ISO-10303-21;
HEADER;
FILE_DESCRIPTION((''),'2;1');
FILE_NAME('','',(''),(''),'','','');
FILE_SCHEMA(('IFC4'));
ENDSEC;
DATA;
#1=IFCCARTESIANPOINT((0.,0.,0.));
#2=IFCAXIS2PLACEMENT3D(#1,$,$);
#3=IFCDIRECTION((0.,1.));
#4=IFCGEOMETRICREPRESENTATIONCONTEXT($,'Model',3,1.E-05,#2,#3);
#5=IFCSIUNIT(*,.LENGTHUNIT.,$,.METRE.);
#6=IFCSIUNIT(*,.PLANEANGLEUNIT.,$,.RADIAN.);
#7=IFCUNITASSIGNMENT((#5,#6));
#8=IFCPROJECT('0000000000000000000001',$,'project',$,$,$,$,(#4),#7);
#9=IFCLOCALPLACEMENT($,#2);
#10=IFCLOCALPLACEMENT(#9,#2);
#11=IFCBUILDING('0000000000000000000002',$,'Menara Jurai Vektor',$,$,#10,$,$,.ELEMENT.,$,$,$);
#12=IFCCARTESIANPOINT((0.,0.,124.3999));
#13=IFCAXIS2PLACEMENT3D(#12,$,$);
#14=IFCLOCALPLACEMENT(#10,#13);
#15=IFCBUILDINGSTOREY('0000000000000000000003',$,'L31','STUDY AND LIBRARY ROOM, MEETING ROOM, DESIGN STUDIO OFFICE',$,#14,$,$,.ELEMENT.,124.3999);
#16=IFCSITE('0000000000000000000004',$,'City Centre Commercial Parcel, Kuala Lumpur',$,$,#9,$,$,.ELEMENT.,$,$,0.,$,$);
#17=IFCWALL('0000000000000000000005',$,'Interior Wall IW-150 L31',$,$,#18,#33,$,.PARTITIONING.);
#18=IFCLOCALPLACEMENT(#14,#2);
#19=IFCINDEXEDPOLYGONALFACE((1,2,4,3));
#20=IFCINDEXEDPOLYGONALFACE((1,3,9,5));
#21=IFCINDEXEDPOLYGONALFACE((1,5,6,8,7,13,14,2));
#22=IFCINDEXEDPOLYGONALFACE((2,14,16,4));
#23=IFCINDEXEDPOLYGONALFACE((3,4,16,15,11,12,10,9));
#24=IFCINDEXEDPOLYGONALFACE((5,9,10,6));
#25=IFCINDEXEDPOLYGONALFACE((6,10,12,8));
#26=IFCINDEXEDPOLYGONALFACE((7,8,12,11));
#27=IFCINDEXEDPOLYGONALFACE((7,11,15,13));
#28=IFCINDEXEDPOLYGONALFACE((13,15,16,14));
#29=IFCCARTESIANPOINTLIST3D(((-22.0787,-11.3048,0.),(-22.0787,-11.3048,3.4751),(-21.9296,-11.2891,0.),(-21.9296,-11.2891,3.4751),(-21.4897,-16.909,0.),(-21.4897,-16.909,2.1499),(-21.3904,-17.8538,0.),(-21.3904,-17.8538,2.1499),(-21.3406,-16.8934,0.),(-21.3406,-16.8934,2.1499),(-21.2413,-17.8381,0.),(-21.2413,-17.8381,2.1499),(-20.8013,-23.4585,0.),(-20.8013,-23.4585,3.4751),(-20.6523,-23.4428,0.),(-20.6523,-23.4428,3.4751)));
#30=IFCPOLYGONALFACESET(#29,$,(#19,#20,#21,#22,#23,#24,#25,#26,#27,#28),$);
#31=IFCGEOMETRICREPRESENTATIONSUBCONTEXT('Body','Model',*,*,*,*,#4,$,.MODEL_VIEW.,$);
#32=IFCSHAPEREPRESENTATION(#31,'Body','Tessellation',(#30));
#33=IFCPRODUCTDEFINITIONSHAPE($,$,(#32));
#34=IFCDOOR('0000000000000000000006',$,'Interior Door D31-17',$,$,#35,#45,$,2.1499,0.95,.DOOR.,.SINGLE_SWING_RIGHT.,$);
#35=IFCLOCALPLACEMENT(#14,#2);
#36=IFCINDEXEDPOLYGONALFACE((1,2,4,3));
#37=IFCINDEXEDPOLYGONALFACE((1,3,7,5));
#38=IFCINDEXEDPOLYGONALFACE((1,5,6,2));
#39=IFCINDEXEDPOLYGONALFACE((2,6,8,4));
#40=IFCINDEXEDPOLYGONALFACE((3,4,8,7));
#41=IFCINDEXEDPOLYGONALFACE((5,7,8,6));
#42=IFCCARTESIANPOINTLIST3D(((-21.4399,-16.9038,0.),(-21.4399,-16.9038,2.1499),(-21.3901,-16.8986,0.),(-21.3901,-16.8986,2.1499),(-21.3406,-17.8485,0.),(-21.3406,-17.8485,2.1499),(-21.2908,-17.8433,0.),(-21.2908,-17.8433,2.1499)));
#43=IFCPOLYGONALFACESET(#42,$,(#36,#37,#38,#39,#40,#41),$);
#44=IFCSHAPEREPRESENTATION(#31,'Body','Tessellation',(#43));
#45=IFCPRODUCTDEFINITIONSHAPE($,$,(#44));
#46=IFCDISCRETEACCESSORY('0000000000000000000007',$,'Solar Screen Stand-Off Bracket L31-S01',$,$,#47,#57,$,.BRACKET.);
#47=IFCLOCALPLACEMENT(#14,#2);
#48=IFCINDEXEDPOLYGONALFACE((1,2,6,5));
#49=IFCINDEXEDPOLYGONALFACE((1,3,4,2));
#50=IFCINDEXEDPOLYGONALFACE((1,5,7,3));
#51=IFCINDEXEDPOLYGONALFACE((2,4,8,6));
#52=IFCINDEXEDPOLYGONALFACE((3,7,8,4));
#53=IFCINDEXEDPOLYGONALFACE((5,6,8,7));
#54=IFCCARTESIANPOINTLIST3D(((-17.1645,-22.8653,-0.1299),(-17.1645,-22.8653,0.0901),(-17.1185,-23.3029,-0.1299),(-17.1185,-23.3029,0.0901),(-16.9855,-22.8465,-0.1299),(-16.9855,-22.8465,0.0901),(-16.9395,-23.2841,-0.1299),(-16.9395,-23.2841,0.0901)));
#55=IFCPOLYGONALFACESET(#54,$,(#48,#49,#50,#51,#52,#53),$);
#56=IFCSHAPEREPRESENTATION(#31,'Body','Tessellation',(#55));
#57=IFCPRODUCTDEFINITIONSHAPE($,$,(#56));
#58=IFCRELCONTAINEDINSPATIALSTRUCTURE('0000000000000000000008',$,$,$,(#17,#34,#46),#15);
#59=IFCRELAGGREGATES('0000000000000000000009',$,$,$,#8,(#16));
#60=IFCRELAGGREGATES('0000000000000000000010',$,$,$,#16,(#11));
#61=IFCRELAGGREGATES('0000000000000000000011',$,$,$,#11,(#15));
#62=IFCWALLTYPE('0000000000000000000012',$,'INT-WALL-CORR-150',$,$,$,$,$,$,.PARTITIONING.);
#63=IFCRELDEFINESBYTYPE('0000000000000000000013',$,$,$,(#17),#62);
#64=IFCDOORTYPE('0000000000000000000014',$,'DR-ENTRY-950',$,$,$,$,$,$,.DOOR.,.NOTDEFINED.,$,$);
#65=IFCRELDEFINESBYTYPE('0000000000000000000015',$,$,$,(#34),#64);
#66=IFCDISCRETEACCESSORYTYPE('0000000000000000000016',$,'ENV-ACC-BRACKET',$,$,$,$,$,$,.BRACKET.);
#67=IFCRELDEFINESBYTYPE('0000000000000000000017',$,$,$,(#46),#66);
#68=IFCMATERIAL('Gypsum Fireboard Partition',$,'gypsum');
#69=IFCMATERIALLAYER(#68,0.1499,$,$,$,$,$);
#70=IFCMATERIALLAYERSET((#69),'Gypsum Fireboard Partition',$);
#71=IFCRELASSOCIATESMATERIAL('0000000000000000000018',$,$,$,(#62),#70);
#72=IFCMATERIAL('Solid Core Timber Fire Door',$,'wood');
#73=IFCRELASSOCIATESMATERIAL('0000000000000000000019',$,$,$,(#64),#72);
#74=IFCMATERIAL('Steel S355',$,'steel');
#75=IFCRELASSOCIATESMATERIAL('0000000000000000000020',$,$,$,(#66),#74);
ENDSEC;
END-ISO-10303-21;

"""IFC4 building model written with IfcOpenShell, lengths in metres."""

from ifc_helpers import new_model, si_unit, direction, frame, frame_2d, origin, origin_2d, place, context, subcontext, project, spatial, rectangle, extrude, material, layer, layer_set, type_object, element, fill, save


model = new_model("IFC4")

# Units and contexts
model_context = context("Model", 3, precision=1e-05, world=origin(), true_north=direction((0.0, 1.0)))
body_context = subcontext(model_context, "Body", "Model", "MODEL_VIEW")
ifc_project = project(units=[si_unit("LENGTHUNIT", "METRE"), si_unit("PLANEANGLEUNIT", "RADIAN")], contexts=[model_context])

# Site, building, storey
site_placement = place(None, origin())
site = spatial("IfcSite", under=ifc_project, at=site_placement, Name="City Centre Commercial Parcel, Kuala Lumpur", CompositionType="ELEMENT", RefElevation=0.0)
building_placement = place(site_placement, origin())
building = spatial("IfcBuilding", under=site, at=building_placement, Name="Menara Jurai Vektor", CompositionType="ELEMENT")
storey_placement = place(building_placement, frame((0.0, 0.0, 124.3999)))
storey = spatial("IfcBuildingStorey", under=building, at=storey_placement, Name="L31", Description="STUDY AND LIBRARY ROOM, MEETING ROOM, DESIGN STUDIO OFFICE", CompositionType="ELEMENT", Elevation=124.3999)

# Shared definitions
ifc_material_1 = material(Name="Steel S355", Category="steel")

# Wall, opening, door
ifc_material_2 = material(Name="Gypsum Fireboard Partition", Category="gypsum")
ifc_layer_1 = layer(ifc_material_2, 0.1499)
ifc_layer_set_1 = layer_set([ifc_layer_1], Name="Gypsum Fireboard Partition")
wall_type = type_object("IfcWallType", Name="INT-WALL-CORR-150", PredefinedType="PARTITIONING", material=ifc_layer_set_1)
wall_placement = place(storey_placement, frame((-20.7268, -23.4507, 0.0), z_axis=(0.0, 0.0, 1.0), x_axis=(-0.104523, 0.994523, 0.0)))
wall = element("IfcWall", 1, at=wall_placement, inside=storey, type_object=wall_type, Name="Interior Wall IW-150 L31", PredefinedType="PARTITIONING", context=body_context, shape_type="SweptSolid", body=[
    extrude(rectangle(XDim=12.2207, YDim=0.1499, at=frame_2d((6.1104, 0.0))), origin(), (0.0, 0.0, 1.0), 3.4751),
])
opening_placement = place(wall_placement, frame((5.6355, 0.0, 0.0)))
opening = element("IfcOpeningElement", 2, at=opening_placement, cuts=wall, PredefinedType="OPENING", context=body_context, shape_type="SweptSolid", body=[
    extrude(rectangle(XDim=0.95, YDim=2.1499, at=frame_2d((0.4751, 1.075))), frame((0.0, 0.085, 0.0), z_axis=(0.0, -1.0, 0.0), x_axis=(1.0, 0.0, 0.0)), (0.0, 0.0, 1.0), 0.1699),
])
ifc_material_3 = material(Name="Solid Core Timber Fire Door", Category="wood")
door_type = type_object("IfcDoorType", Name="DR-ENTRY-950", OperationType="NOTDEFINED", PredefinedType="DOOR", material=ifc_material_3)
door_placement = place(opening_placement, origin())
door = element("IfcDoor", 3, at=door_placement, inside=storey, type_object=door_type, Name="Interior Door D31-17", OperationType="SINGLE_SWING_RIGHT", OverallHeight=2.1499, OverallWidth=0.95, PredefinedType="DOOR", context=body_context, shape_type="SweptSolid", body=[
    extrude(rectangle(XDim=0.95, YDim=2.1499, at=frame_2d((0.4751, 1.075))), frame((0.0, 0.0249, 0.0), z_axis=(0.0, -1.0, 0.0), x_axis=(1.0, 0.0, 0.0)), (0.0, 0.0, 1.0), 0.05),
])
fill(opening, door)

# Discrete accessory
discrete_accessory_type = type_object("IfcDiscreteAccessoryType", Name="ENV-ACC-BRACKET", PredefinedType="BRACKET", material=ifc_material_1)
discrete_accessory_placement = place(storey_placement, frame((-17.052, -23.0747, -0.1299), z_axis=(0.0, 0.0, 1.0), x_axis=(0.994522, 0.104528, 0.0)))
element("IfcDiscreteAccessory", 4, at=discrete_accessory_placement, inside=storey, type_object=discrete_accessory_type, Name="Solar Screen Stand-Off Bracket L31-S01", PredefinedType="BRACKET", context=body_context, shape_type="SweptSolid", body=[
    extrude(rectangle(XDim=0.1799, YDim=0.4399, at=origin_2d()), origin(), (0.0, 0.0, 1.0), 0.22),
])

save(model, "model.ifc")
